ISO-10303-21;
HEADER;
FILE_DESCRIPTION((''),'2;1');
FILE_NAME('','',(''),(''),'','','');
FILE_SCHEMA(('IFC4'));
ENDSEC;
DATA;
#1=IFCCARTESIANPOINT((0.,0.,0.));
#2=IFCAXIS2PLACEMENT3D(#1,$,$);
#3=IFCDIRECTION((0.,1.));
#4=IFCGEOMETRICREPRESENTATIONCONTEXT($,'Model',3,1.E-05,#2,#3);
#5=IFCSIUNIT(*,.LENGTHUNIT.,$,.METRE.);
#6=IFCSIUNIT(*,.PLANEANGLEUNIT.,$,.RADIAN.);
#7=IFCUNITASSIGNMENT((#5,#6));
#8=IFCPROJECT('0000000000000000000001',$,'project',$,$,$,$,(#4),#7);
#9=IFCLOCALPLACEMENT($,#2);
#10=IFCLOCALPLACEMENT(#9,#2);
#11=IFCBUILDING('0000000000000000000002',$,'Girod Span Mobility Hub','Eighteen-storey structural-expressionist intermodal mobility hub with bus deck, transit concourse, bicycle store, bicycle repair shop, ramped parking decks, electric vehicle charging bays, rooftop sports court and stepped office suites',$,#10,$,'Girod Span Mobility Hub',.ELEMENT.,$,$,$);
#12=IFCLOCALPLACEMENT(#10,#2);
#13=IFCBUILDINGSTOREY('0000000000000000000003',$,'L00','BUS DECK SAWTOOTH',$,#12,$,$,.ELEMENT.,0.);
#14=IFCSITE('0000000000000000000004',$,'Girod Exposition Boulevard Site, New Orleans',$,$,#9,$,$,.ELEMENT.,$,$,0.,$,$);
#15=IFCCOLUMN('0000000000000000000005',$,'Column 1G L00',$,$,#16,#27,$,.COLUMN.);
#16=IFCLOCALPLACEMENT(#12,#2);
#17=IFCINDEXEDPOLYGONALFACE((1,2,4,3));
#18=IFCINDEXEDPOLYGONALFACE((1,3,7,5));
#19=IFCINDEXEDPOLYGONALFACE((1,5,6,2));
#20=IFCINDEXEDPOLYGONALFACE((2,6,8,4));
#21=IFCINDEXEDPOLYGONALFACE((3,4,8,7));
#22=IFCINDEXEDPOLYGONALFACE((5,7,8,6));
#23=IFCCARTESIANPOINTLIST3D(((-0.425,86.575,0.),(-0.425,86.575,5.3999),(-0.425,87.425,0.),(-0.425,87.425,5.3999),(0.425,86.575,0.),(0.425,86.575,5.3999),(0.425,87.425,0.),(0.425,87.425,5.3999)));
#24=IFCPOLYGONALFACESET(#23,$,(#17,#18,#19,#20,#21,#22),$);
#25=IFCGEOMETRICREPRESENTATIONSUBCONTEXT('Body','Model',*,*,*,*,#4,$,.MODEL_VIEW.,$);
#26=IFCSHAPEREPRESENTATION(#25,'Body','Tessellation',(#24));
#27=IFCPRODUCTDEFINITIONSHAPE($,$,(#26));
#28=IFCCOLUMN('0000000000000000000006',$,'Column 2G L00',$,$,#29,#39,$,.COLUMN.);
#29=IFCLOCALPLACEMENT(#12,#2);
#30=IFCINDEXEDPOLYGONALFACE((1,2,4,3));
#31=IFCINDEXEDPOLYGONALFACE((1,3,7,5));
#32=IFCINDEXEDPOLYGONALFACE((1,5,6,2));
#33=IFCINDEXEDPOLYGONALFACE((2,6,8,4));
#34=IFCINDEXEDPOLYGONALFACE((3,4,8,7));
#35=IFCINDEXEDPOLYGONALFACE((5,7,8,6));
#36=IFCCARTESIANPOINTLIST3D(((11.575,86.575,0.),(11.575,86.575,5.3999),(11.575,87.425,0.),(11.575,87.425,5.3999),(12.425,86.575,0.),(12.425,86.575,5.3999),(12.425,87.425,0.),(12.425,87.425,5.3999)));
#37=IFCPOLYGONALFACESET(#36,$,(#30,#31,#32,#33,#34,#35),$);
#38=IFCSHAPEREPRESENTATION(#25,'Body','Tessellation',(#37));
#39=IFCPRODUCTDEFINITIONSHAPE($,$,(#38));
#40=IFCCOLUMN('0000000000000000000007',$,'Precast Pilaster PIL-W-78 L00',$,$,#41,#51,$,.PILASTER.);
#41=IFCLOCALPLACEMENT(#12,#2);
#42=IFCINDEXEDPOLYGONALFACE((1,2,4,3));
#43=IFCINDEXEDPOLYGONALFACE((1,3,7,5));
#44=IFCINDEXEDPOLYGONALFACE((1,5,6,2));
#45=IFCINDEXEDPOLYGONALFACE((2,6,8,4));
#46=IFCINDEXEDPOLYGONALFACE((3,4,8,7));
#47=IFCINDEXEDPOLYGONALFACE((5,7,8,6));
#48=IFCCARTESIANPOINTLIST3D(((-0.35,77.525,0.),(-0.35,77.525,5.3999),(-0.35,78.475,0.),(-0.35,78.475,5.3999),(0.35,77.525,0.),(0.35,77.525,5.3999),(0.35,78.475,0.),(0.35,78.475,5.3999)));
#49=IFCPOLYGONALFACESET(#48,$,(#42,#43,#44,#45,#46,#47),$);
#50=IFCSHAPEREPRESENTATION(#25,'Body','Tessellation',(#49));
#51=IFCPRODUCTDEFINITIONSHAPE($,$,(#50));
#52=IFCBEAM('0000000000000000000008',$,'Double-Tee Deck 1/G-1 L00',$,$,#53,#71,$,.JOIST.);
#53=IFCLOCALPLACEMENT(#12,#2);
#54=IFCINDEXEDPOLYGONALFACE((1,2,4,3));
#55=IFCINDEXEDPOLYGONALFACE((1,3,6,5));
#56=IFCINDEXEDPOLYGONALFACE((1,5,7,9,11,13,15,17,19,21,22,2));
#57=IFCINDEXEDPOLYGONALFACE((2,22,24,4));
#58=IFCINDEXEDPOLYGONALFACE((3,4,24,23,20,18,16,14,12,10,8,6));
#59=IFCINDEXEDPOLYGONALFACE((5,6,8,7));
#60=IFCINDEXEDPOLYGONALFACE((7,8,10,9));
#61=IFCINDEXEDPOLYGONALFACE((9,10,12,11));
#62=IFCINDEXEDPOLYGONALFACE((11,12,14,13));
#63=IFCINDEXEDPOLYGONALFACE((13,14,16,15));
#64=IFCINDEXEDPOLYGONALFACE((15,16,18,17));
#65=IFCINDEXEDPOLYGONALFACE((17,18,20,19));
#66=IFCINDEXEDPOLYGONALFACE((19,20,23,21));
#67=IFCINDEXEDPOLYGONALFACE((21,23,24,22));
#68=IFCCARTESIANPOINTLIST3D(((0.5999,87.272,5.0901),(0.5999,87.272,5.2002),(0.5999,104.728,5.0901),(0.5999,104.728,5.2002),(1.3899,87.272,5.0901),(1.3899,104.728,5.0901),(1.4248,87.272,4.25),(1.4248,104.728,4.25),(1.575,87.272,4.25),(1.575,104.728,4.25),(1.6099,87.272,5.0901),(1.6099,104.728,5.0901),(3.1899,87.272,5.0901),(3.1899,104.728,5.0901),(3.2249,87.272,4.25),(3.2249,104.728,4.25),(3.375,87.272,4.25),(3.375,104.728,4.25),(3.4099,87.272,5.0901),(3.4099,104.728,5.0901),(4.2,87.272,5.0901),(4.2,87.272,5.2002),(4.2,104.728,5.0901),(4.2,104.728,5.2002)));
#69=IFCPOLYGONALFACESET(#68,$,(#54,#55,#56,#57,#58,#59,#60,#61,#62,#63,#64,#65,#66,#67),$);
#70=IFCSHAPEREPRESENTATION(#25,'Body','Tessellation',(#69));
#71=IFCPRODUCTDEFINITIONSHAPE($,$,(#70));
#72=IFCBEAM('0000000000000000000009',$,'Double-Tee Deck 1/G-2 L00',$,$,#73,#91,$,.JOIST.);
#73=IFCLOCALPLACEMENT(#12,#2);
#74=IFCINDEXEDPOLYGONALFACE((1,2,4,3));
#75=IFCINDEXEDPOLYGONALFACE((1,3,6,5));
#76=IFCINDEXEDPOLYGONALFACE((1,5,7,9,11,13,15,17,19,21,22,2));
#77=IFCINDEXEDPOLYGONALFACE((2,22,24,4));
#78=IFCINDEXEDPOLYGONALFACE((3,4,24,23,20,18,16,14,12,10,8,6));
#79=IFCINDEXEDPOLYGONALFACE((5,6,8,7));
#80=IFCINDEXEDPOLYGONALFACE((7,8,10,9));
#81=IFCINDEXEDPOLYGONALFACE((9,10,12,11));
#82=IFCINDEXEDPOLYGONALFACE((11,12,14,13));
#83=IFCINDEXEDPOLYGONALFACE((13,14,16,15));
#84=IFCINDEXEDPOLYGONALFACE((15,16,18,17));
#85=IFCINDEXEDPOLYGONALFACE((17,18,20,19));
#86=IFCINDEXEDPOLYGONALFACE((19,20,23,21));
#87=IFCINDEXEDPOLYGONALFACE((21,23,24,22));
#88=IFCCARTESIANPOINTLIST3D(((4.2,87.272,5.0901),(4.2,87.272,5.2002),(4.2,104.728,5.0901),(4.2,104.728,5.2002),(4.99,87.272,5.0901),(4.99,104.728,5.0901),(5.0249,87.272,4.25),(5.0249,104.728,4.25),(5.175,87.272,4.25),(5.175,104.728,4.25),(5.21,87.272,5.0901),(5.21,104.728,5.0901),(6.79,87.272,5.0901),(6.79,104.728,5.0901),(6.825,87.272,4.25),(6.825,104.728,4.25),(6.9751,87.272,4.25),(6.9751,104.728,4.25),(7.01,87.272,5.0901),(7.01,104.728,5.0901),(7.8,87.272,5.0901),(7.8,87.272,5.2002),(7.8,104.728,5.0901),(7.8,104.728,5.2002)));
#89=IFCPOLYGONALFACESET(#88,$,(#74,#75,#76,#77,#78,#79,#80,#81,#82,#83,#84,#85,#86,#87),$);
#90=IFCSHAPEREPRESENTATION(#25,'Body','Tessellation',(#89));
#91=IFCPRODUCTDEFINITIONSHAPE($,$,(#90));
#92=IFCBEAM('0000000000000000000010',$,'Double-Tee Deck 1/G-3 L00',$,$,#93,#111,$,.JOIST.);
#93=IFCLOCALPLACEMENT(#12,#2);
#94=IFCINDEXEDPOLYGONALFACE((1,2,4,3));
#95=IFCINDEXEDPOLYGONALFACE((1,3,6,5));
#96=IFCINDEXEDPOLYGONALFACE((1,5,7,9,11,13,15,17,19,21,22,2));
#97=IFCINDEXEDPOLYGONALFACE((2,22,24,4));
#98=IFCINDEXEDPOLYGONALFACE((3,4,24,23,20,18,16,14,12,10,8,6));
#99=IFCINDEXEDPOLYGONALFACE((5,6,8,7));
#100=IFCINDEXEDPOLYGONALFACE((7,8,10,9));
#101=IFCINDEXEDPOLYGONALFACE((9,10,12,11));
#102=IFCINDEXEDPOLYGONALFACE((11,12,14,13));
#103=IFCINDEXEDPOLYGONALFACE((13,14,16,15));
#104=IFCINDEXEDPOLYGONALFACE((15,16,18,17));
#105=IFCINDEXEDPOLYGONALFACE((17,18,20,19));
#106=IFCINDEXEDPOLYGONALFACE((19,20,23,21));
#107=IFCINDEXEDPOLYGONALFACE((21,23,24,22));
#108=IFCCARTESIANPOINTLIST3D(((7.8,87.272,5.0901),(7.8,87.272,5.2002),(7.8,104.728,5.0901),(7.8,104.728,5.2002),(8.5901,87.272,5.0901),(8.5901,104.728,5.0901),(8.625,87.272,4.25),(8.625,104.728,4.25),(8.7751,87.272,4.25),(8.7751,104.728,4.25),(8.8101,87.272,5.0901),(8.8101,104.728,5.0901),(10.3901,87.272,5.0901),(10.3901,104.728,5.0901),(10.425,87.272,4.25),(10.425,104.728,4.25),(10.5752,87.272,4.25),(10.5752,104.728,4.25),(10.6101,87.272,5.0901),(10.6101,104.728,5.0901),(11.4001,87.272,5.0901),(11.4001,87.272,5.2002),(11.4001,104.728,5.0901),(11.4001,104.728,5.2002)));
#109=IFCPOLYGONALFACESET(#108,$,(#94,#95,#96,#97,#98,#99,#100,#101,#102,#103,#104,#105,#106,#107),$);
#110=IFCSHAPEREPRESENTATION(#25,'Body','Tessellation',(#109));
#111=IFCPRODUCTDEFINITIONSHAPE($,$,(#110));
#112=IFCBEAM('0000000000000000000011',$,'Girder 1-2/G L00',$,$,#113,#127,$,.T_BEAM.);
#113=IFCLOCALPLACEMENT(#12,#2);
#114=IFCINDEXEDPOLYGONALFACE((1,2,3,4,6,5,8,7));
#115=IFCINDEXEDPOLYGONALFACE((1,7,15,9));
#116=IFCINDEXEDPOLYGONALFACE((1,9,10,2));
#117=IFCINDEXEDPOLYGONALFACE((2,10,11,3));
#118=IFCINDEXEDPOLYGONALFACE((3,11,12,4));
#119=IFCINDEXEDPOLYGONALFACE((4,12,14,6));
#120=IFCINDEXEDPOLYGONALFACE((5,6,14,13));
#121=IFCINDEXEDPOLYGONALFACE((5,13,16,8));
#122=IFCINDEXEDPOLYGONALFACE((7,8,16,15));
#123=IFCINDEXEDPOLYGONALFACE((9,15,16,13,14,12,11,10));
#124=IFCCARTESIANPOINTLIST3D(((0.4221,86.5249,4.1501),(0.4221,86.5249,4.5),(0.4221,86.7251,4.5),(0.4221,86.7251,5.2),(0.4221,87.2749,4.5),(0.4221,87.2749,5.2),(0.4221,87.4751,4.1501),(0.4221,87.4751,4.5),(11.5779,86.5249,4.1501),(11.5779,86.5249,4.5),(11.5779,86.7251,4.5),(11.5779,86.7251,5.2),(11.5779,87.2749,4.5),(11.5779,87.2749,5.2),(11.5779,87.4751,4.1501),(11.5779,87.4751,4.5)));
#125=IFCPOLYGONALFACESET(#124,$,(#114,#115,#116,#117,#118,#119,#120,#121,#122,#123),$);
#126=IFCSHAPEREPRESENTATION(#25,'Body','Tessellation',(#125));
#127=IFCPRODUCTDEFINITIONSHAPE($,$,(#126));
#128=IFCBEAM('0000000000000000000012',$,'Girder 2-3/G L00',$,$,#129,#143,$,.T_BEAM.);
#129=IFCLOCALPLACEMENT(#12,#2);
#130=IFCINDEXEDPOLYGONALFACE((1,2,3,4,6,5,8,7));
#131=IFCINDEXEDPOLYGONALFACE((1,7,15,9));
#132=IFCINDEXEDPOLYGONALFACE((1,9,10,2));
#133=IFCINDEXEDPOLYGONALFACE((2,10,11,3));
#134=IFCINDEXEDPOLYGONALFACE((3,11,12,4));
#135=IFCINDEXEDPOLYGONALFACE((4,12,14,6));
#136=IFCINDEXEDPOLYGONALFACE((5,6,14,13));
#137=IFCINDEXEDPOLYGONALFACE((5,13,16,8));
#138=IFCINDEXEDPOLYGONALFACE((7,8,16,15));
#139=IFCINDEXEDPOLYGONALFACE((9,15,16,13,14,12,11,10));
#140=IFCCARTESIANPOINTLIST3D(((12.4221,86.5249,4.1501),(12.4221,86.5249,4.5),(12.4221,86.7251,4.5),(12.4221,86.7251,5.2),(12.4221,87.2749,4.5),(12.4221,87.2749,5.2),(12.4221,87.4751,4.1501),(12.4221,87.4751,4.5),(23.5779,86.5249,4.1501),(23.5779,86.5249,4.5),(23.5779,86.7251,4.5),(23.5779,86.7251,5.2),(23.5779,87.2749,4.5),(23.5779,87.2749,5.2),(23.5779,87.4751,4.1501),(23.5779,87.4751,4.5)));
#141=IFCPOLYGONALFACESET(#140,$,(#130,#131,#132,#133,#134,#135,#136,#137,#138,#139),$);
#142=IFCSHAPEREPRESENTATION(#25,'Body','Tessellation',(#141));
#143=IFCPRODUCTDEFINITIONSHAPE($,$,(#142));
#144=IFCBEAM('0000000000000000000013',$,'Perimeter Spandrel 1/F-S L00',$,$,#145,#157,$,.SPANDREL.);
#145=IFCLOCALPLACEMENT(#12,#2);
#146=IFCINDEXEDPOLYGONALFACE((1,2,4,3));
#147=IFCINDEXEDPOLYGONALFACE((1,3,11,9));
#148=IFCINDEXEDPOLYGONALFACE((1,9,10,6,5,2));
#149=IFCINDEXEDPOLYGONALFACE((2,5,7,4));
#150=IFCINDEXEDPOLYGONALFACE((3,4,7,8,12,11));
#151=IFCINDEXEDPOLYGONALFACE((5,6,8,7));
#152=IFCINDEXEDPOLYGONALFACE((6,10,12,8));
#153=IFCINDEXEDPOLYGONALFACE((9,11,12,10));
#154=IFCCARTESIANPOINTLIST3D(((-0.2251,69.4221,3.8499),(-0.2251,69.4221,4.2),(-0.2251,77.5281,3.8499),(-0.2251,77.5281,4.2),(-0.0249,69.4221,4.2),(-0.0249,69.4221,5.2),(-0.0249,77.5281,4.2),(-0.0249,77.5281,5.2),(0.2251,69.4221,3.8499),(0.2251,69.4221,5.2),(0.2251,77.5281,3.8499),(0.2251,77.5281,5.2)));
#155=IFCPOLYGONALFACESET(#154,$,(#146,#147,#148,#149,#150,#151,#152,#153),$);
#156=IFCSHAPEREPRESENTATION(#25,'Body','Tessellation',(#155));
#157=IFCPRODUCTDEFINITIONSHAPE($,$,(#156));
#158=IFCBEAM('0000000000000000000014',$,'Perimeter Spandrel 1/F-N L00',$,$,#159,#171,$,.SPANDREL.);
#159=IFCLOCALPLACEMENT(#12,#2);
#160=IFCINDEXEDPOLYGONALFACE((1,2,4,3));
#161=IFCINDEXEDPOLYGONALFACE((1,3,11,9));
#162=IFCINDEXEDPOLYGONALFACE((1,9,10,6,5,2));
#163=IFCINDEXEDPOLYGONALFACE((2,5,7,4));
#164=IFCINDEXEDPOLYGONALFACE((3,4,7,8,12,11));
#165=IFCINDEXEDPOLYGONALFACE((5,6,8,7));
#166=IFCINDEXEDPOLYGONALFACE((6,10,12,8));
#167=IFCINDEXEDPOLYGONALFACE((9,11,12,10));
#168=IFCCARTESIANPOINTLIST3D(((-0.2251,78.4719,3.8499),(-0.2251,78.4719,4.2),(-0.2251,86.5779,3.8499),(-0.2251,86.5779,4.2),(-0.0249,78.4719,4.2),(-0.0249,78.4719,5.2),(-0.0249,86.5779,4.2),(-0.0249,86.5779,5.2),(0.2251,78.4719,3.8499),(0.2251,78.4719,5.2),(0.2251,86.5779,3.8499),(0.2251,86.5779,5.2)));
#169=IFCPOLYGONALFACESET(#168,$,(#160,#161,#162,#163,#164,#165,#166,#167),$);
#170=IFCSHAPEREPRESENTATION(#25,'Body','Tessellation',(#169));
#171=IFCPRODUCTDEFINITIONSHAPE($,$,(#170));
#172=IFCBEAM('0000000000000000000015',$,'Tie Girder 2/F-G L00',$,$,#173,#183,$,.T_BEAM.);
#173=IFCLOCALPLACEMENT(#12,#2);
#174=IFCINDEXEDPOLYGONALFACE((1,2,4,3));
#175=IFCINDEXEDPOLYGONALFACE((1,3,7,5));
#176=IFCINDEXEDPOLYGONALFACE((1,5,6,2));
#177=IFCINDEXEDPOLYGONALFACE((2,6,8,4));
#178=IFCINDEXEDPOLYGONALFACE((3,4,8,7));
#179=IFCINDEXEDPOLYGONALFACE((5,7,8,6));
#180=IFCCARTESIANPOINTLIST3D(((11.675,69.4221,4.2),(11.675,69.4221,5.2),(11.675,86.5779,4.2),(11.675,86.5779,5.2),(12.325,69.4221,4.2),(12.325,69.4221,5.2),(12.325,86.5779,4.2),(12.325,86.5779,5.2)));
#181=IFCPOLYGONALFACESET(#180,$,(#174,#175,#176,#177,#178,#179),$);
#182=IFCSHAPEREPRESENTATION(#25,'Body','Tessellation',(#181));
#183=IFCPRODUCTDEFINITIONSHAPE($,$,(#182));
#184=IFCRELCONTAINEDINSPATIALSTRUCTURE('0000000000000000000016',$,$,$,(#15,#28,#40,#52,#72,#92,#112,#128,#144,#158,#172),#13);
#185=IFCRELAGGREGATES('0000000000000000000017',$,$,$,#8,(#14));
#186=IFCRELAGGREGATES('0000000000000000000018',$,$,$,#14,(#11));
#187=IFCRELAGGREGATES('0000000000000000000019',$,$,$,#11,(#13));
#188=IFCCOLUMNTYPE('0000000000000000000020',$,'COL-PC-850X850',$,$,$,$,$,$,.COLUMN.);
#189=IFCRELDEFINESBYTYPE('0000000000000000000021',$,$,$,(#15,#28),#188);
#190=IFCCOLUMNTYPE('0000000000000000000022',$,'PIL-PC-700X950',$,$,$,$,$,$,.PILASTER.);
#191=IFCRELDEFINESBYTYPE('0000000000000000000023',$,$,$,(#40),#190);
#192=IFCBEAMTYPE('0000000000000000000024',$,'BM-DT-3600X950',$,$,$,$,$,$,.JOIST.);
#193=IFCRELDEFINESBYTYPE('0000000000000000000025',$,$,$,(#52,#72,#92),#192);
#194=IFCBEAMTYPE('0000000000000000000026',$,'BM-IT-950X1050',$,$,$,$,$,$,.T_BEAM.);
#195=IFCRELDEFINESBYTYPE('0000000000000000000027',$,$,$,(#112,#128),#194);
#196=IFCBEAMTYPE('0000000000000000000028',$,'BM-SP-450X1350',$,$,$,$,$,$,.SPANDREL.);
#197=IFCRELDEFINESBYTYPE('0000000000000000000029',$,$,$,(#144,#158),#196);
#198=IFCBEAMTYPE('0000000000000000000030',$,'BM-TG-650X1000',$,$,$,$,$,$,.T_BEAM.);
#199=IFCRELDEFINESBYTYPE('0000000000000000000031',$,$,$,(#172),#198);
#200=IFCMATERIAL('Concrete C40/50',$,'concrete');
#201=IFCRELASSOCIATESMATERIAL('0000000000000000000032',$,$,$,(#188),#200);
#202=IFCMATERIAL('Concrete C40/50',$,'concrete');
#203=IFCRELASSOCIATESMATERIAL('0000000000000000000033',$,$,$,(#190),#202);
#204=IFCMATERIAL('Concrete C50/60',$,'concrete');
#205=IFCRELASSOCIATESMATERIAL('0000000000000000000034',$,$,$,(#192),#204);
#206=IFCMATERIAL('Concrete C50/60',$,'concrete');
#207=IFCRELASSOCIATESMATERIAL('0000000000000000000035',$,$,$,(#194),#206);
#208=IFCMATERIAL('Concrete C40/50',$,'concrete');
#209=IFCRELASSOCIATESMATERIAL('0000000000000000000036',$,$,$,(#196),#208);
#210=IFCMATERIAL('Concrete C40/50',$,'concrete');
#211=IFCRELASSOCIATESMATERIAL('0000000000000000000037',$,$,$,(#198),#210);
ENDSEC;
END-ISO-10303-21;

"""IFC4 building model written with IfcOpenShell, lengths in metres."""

from ifc_helpers import new_model, si_unit, direction, frame, origin, origin_2d, place, context, subcontext, project, spatial, polyline, rectangle, outline, extrude, material, material_profile, profile_set, type_object, element, save


model = new_model("IFC4")

# Units and contexts
model_context = context("Model", 3, precision=1e-05, world=origin(), true_north=direction((0.0, 1.0)))
body_context = subcontext(model_context, "Body", "Model", "MODEL_VIEW")
ifc_project = project(units=[si_unit("LENGTHUNIT", "METRE"), si_unit("PLANEANGLEUNIT", "RADIAN")], contexts=[model_context])

# Site, building, storey
site_placement = place(None, origin())
site = spatial("IfcSite", under=ifc_project, at=site_placement, Name="Girod Exposition Boulevard Site, New Orleans", CompositionType="ELEMENT", RefElevation=0.0)
building_placement = place(site_placement, origin())
building = spatial("IfcBuilding", under=site, at=building_placement, Name="Girod Span Mobility Hub", Description="Eighteen-storey structural-expressionist intermodal mobility hub with bus deck, transit concourse, bicycle store, bicycle repair shop, ramped parking decks, electric vehicle charging bays, rooftop sports court and stepped office suites", LongName="Girod Span Mobility Hub", CompositionType="ELEMENT")
storey_placement = place(building_placement, origin())
storey = spatial("IfcBuildingStorey", under=building, at=storey_placement, Name="L00", Description="BUS DECK SAWTOOTH", CompositionType="ELEMENT", Elevation=0.0)

# Columns
ifc_material_1 = material(Name="Concrete C40/50", Category="concrete")
ifc_material_profile_1 = material_profile(ifc_material_1, rectangle(XDim=0.8501, YDim=0.8501, at=origin_2d()), Name="PC-COL-850X850")
ifc_profile_set_1 = profile_set([ifc_material_profile_1], Name="Concrete C40/50")
column_type_1 = type_object("IfcColumnType", Name="COL-PC-850X850", PredefinedType="COLUMN", material=ifc_profile_set_1)
for number, where, z_axis, x_axis, name in (
    (1, (0.0, 87.0, 0.0), (0.0, 0.0, 1.0), (1.0, 0.0, 0.0), "Column 1G L00"),
    (2, (12.0, 87.0, 0.0), (0.0, 0.0, 1.0), (1.0, 0.0, 0.0), "Column 2G L00"),
):
    element("IfcColumn", number, at=place(storey_placement, frame(where, z_axis=z_axis, x_axis=x_axis)), inside=storey, type_object=column_type_1, Name=name, PredefinedType="COLUMN", context=body_context, shape_type="SweptSolid", body=[
        extrude(rectangle(XDim=0.8501, YDim=0.8501, at=origin_2d()), origin(), (0.0, 0.0, 1.0), 5.3999),
    ])
ifc_material_2 = material(Name="Concrete C40/50", Category="concrete")
ifc_material_profile_2 = material_profile(ifc_material_2, rectangle(XDim=0.7, YDim=0.95, at=origin_2d()), Name="PC-PIL-700X950")
ifc_profile_set_2 = profile_set([ifc_material_profile_2], Name="Concrete C40/50")
column_type_2 = type_object("IfcColumnType", Name="PIL-PC-700X950", PredefinedType="PILASTER", material=ifc_profile_set_2)
column_placement = place(storey_placement, frame((0.0, 78.0, 0.0), z_axis=(0.0, 0.0, 1.0), x_axis=(1.0, 0.0, 0.0)))
element("IfcColumn", 3, at=column_placement, inside=storey, type_object=column_type_2, Name="Precast Pilaster PIL-W-78 L00", PredefinedType="PILASTER", context=body_context, shape_type="SweptSolid", body=[
    extrude(rectangle(XDim=0.7, YDim=0.95, at=origin_2d()), origin(), (0.0, 0.0, 1.0), 5.3999),
])

# Beams
ifc_material_3 = material(Name="Concrete C50/60", Category="concrete")
ifc_material_profile_3 = material_profile(ifc_material_3, outline(polyline([(-1.8, 0.4751), (-1.8, 0.365), (-1.01, 0.365), (-0.9751, -0.4751), (-0.825, -0.4751), (-0.79, 0.365), (0.79, 0.365), (0.825, -0.4751), (0.9751, -0.4751), (1.01, 0.365), (1.8, 0.365), (1.8, 0.4751), (-1.8, 0.4751)])), Name="DT-3600X950")
ifc_profile_set_3 = profile_set([ifc_material_profile_3], Name="Concrete C50/60")
beam_type_1 = type_object("IfcBeamType", Name="BM-DT-3600X950", PredefinedType="JOIST", material=ifc_profile_set_3)
for number, where, z_axis, x_axis, name in (
    (4, (2.3999, 87.272, 4.7251), (0.0, 1.0, 0.0), (-1.0, 0.0, 0.0), "Double-Tee Deck 1/G-1 L00"),
    (5, (6.0, 87.272, 4.7251), (0.0, 1.0, 0.0), (-1.0, 0.0, 0.0), "Double-Tee Deck 1/G-2 L00"),
    (6, (9.6001, 87.272, 4.7251), (0.0, 1.0, 0.0), (-1.0, 0.0, 0.0), "Double-Tee Deck 1/G-3 L00"),
):
    element("IfcBeam", number, at=place(storey_placement, frame(where, z_axis=z_axis, x_axis=x_axis)), inside=storey, type_object=beam_type_1, Name=name, PredefinedType="JOIST", context=body_context, shape_type="SweptSolid", body=[
        extrude(outline(polyline([(-1.8, 0.4751), (-1.8, 0.365), (-1.01, 0.365), (-0.9751, -0.4751), (-0.825, -0.4751), (-0.79, 0.365), (0.79, 0.365), (0.825, -0.4751), (0.9751, -0.4751), (1.01, 0.365), (1.8, 0.365), (1.8, 0.4751), (-1.8, 0.4751)])), origin(), (0.0, 0.0, 1.0), 17.4561),
    ])
ifc_material_4 = material(Name="Concrete C50/60", Category="concrete")
ifc_material_profile_4 = material_profile(ifc_material_4, outline(polyline([(-0.4751, -0.5249), (0.4751, -0.5249), (0.4751, -0.175), (0.2749, -0.175), (0.2749, 0.5249), (-0.2749, 0.5249), (-0.2749, -0.175), (-0.4751, -0.175), (-0.4751, -0.5249)])), Name="IT-950X1050")
ifc_profile_set_4 = profile_set([ifc_material_profile_4], Name="Concrete C50/60")
beam_type_2 = type_object("IfcBeamType", Name="BM-IT-950X1050", PredefinedType="T_BEAM", material=ifc_profile_set_4)
for number, where, z_axis, x_axis, name in (
    (7, (0.4221, 87.0, 4.675), (1.0, 0.0, 0.0), (0.0, 1.0, 0.0), "Girder 1-2/G L00"),
    (8, (12.4221, 87.0, 4.675), (1.0, 0.0, 0.0), (0.0, 1.0, 0.0), "Girder 2-3/G L00"),
):
    element("IfcBeam", number, at=place(storey_placement, frame(where, z_axis=z_axis, x_axis=x_axis)), inside=storey, type_object=beam_type_2, Name=name, PredefinedType="T_BEAM", context=body_context, shape_type="SweptSolid", body=[
        extrude(outline(polyline([(-0.4751, -0.5249), (0.4751, -0.5249), (0.4751, -0.175), (0.2749, -0.175), (0.2749, 0.5249), (-0.2749, 0.5249), (-0.2749, -0.175), (-0.4751, -0.175), (-0.4751, -0.5249)])), origin(), (0.0, 0.0, 1.0), 11.1558),
    ])
ifc_material_5 = material(Name="Concrete C40/50", Category="concrete")
ifc_material_profile_5 = material_profile(ifc_material_5, outline(polyline([(-0.2251, -0.675), (0.2251, -0.675), (0.2251, -0.325), (0.0249, -0.325), (0.0249, 0.675), (-0.2251, 0.675), (-0.2251, -0.675)])), Name="SP-450X1350")
ifc_profile_set_5 = profile_set([ifc_material_profile_5], Name="Concrete C40/50")
beam_type_3 = type_object("IfcBeamType", Name="BM-SP-450X1350", PredefinedType="SPANDREL", material=ifc_profile_set_5)
for number, where, z_axis, x_axis, name in (
    (9, (0.0, 69.4221, 4.5249), (0.0, 1.0, 0.0), (-1.0, 0.0, 0.0), "Perimeter Spandrel 1/F-S L00"),
    (10, (0.0, 78.4719, 4.5249), (0.0, 1.0, 0.0), (-1.0, 0.0, 0.0), "Perimeter Spandrel 1/F-N L00"),
):
    element("IfcBeam", number, at=place(storey_placement, frame(where, z_axis=z_axis, x_axis=x_axis)), inside=storey, type_object=beam_type_3, Name=name, PredefinedType="SPANDREL", context=body_context, shape_type="SweptSolid", body=[
        extrude(outline(polyline([(-0.2251, -0.675), (0.2251, -0.675), (0.2251, -0.325), (0.0249, -0.325), (0.0249, 0.675), (-0.2251, 0.675), (-0.2251, -0.675)])), origin(), (0.0, 0.0, 1.0), 8.106),
    ])
ifc_material_6 = material(Name="Concrete C40/50", Category="concrete")
ifc_material_profile_6 = material_profile(ifc_material_6, rectangle(XDim=0.6499, YDim=1.0, at=origin_2d()), Name="TG-650X1000")
ifc_profile_set_6 = profile_set([ifc_material_profile_6], Name="Concrete C40/50")
beam_type_4 = type_object("IfcBeamType", Name="BM-TG-650X1000", PredefinedType="T_BEAM", material=ifc_profile_set_6)
beam_placement = place(storey_placement, frame((12.0, 69.4221, 4.7), z_axis=(0.0, 1.0, 0.0), x_axis=(-1.0, 0.0, 0.0)))
element("IfcBeam", 11, at=beam_placement, inside=storey, type_object=beam_type_4, Name="Tie Girder 2/F-G L00", PredefinedType="T_BEAM", context=body_context, shape_type="SweptSolid", body=[
    extrude(rectangle(XDim=0.6499, YDim=1.0, at=origin_2d()), origin(), (0.0, 0.0, 1.0), 17.1558),
])

save(model, "model.ifc")
